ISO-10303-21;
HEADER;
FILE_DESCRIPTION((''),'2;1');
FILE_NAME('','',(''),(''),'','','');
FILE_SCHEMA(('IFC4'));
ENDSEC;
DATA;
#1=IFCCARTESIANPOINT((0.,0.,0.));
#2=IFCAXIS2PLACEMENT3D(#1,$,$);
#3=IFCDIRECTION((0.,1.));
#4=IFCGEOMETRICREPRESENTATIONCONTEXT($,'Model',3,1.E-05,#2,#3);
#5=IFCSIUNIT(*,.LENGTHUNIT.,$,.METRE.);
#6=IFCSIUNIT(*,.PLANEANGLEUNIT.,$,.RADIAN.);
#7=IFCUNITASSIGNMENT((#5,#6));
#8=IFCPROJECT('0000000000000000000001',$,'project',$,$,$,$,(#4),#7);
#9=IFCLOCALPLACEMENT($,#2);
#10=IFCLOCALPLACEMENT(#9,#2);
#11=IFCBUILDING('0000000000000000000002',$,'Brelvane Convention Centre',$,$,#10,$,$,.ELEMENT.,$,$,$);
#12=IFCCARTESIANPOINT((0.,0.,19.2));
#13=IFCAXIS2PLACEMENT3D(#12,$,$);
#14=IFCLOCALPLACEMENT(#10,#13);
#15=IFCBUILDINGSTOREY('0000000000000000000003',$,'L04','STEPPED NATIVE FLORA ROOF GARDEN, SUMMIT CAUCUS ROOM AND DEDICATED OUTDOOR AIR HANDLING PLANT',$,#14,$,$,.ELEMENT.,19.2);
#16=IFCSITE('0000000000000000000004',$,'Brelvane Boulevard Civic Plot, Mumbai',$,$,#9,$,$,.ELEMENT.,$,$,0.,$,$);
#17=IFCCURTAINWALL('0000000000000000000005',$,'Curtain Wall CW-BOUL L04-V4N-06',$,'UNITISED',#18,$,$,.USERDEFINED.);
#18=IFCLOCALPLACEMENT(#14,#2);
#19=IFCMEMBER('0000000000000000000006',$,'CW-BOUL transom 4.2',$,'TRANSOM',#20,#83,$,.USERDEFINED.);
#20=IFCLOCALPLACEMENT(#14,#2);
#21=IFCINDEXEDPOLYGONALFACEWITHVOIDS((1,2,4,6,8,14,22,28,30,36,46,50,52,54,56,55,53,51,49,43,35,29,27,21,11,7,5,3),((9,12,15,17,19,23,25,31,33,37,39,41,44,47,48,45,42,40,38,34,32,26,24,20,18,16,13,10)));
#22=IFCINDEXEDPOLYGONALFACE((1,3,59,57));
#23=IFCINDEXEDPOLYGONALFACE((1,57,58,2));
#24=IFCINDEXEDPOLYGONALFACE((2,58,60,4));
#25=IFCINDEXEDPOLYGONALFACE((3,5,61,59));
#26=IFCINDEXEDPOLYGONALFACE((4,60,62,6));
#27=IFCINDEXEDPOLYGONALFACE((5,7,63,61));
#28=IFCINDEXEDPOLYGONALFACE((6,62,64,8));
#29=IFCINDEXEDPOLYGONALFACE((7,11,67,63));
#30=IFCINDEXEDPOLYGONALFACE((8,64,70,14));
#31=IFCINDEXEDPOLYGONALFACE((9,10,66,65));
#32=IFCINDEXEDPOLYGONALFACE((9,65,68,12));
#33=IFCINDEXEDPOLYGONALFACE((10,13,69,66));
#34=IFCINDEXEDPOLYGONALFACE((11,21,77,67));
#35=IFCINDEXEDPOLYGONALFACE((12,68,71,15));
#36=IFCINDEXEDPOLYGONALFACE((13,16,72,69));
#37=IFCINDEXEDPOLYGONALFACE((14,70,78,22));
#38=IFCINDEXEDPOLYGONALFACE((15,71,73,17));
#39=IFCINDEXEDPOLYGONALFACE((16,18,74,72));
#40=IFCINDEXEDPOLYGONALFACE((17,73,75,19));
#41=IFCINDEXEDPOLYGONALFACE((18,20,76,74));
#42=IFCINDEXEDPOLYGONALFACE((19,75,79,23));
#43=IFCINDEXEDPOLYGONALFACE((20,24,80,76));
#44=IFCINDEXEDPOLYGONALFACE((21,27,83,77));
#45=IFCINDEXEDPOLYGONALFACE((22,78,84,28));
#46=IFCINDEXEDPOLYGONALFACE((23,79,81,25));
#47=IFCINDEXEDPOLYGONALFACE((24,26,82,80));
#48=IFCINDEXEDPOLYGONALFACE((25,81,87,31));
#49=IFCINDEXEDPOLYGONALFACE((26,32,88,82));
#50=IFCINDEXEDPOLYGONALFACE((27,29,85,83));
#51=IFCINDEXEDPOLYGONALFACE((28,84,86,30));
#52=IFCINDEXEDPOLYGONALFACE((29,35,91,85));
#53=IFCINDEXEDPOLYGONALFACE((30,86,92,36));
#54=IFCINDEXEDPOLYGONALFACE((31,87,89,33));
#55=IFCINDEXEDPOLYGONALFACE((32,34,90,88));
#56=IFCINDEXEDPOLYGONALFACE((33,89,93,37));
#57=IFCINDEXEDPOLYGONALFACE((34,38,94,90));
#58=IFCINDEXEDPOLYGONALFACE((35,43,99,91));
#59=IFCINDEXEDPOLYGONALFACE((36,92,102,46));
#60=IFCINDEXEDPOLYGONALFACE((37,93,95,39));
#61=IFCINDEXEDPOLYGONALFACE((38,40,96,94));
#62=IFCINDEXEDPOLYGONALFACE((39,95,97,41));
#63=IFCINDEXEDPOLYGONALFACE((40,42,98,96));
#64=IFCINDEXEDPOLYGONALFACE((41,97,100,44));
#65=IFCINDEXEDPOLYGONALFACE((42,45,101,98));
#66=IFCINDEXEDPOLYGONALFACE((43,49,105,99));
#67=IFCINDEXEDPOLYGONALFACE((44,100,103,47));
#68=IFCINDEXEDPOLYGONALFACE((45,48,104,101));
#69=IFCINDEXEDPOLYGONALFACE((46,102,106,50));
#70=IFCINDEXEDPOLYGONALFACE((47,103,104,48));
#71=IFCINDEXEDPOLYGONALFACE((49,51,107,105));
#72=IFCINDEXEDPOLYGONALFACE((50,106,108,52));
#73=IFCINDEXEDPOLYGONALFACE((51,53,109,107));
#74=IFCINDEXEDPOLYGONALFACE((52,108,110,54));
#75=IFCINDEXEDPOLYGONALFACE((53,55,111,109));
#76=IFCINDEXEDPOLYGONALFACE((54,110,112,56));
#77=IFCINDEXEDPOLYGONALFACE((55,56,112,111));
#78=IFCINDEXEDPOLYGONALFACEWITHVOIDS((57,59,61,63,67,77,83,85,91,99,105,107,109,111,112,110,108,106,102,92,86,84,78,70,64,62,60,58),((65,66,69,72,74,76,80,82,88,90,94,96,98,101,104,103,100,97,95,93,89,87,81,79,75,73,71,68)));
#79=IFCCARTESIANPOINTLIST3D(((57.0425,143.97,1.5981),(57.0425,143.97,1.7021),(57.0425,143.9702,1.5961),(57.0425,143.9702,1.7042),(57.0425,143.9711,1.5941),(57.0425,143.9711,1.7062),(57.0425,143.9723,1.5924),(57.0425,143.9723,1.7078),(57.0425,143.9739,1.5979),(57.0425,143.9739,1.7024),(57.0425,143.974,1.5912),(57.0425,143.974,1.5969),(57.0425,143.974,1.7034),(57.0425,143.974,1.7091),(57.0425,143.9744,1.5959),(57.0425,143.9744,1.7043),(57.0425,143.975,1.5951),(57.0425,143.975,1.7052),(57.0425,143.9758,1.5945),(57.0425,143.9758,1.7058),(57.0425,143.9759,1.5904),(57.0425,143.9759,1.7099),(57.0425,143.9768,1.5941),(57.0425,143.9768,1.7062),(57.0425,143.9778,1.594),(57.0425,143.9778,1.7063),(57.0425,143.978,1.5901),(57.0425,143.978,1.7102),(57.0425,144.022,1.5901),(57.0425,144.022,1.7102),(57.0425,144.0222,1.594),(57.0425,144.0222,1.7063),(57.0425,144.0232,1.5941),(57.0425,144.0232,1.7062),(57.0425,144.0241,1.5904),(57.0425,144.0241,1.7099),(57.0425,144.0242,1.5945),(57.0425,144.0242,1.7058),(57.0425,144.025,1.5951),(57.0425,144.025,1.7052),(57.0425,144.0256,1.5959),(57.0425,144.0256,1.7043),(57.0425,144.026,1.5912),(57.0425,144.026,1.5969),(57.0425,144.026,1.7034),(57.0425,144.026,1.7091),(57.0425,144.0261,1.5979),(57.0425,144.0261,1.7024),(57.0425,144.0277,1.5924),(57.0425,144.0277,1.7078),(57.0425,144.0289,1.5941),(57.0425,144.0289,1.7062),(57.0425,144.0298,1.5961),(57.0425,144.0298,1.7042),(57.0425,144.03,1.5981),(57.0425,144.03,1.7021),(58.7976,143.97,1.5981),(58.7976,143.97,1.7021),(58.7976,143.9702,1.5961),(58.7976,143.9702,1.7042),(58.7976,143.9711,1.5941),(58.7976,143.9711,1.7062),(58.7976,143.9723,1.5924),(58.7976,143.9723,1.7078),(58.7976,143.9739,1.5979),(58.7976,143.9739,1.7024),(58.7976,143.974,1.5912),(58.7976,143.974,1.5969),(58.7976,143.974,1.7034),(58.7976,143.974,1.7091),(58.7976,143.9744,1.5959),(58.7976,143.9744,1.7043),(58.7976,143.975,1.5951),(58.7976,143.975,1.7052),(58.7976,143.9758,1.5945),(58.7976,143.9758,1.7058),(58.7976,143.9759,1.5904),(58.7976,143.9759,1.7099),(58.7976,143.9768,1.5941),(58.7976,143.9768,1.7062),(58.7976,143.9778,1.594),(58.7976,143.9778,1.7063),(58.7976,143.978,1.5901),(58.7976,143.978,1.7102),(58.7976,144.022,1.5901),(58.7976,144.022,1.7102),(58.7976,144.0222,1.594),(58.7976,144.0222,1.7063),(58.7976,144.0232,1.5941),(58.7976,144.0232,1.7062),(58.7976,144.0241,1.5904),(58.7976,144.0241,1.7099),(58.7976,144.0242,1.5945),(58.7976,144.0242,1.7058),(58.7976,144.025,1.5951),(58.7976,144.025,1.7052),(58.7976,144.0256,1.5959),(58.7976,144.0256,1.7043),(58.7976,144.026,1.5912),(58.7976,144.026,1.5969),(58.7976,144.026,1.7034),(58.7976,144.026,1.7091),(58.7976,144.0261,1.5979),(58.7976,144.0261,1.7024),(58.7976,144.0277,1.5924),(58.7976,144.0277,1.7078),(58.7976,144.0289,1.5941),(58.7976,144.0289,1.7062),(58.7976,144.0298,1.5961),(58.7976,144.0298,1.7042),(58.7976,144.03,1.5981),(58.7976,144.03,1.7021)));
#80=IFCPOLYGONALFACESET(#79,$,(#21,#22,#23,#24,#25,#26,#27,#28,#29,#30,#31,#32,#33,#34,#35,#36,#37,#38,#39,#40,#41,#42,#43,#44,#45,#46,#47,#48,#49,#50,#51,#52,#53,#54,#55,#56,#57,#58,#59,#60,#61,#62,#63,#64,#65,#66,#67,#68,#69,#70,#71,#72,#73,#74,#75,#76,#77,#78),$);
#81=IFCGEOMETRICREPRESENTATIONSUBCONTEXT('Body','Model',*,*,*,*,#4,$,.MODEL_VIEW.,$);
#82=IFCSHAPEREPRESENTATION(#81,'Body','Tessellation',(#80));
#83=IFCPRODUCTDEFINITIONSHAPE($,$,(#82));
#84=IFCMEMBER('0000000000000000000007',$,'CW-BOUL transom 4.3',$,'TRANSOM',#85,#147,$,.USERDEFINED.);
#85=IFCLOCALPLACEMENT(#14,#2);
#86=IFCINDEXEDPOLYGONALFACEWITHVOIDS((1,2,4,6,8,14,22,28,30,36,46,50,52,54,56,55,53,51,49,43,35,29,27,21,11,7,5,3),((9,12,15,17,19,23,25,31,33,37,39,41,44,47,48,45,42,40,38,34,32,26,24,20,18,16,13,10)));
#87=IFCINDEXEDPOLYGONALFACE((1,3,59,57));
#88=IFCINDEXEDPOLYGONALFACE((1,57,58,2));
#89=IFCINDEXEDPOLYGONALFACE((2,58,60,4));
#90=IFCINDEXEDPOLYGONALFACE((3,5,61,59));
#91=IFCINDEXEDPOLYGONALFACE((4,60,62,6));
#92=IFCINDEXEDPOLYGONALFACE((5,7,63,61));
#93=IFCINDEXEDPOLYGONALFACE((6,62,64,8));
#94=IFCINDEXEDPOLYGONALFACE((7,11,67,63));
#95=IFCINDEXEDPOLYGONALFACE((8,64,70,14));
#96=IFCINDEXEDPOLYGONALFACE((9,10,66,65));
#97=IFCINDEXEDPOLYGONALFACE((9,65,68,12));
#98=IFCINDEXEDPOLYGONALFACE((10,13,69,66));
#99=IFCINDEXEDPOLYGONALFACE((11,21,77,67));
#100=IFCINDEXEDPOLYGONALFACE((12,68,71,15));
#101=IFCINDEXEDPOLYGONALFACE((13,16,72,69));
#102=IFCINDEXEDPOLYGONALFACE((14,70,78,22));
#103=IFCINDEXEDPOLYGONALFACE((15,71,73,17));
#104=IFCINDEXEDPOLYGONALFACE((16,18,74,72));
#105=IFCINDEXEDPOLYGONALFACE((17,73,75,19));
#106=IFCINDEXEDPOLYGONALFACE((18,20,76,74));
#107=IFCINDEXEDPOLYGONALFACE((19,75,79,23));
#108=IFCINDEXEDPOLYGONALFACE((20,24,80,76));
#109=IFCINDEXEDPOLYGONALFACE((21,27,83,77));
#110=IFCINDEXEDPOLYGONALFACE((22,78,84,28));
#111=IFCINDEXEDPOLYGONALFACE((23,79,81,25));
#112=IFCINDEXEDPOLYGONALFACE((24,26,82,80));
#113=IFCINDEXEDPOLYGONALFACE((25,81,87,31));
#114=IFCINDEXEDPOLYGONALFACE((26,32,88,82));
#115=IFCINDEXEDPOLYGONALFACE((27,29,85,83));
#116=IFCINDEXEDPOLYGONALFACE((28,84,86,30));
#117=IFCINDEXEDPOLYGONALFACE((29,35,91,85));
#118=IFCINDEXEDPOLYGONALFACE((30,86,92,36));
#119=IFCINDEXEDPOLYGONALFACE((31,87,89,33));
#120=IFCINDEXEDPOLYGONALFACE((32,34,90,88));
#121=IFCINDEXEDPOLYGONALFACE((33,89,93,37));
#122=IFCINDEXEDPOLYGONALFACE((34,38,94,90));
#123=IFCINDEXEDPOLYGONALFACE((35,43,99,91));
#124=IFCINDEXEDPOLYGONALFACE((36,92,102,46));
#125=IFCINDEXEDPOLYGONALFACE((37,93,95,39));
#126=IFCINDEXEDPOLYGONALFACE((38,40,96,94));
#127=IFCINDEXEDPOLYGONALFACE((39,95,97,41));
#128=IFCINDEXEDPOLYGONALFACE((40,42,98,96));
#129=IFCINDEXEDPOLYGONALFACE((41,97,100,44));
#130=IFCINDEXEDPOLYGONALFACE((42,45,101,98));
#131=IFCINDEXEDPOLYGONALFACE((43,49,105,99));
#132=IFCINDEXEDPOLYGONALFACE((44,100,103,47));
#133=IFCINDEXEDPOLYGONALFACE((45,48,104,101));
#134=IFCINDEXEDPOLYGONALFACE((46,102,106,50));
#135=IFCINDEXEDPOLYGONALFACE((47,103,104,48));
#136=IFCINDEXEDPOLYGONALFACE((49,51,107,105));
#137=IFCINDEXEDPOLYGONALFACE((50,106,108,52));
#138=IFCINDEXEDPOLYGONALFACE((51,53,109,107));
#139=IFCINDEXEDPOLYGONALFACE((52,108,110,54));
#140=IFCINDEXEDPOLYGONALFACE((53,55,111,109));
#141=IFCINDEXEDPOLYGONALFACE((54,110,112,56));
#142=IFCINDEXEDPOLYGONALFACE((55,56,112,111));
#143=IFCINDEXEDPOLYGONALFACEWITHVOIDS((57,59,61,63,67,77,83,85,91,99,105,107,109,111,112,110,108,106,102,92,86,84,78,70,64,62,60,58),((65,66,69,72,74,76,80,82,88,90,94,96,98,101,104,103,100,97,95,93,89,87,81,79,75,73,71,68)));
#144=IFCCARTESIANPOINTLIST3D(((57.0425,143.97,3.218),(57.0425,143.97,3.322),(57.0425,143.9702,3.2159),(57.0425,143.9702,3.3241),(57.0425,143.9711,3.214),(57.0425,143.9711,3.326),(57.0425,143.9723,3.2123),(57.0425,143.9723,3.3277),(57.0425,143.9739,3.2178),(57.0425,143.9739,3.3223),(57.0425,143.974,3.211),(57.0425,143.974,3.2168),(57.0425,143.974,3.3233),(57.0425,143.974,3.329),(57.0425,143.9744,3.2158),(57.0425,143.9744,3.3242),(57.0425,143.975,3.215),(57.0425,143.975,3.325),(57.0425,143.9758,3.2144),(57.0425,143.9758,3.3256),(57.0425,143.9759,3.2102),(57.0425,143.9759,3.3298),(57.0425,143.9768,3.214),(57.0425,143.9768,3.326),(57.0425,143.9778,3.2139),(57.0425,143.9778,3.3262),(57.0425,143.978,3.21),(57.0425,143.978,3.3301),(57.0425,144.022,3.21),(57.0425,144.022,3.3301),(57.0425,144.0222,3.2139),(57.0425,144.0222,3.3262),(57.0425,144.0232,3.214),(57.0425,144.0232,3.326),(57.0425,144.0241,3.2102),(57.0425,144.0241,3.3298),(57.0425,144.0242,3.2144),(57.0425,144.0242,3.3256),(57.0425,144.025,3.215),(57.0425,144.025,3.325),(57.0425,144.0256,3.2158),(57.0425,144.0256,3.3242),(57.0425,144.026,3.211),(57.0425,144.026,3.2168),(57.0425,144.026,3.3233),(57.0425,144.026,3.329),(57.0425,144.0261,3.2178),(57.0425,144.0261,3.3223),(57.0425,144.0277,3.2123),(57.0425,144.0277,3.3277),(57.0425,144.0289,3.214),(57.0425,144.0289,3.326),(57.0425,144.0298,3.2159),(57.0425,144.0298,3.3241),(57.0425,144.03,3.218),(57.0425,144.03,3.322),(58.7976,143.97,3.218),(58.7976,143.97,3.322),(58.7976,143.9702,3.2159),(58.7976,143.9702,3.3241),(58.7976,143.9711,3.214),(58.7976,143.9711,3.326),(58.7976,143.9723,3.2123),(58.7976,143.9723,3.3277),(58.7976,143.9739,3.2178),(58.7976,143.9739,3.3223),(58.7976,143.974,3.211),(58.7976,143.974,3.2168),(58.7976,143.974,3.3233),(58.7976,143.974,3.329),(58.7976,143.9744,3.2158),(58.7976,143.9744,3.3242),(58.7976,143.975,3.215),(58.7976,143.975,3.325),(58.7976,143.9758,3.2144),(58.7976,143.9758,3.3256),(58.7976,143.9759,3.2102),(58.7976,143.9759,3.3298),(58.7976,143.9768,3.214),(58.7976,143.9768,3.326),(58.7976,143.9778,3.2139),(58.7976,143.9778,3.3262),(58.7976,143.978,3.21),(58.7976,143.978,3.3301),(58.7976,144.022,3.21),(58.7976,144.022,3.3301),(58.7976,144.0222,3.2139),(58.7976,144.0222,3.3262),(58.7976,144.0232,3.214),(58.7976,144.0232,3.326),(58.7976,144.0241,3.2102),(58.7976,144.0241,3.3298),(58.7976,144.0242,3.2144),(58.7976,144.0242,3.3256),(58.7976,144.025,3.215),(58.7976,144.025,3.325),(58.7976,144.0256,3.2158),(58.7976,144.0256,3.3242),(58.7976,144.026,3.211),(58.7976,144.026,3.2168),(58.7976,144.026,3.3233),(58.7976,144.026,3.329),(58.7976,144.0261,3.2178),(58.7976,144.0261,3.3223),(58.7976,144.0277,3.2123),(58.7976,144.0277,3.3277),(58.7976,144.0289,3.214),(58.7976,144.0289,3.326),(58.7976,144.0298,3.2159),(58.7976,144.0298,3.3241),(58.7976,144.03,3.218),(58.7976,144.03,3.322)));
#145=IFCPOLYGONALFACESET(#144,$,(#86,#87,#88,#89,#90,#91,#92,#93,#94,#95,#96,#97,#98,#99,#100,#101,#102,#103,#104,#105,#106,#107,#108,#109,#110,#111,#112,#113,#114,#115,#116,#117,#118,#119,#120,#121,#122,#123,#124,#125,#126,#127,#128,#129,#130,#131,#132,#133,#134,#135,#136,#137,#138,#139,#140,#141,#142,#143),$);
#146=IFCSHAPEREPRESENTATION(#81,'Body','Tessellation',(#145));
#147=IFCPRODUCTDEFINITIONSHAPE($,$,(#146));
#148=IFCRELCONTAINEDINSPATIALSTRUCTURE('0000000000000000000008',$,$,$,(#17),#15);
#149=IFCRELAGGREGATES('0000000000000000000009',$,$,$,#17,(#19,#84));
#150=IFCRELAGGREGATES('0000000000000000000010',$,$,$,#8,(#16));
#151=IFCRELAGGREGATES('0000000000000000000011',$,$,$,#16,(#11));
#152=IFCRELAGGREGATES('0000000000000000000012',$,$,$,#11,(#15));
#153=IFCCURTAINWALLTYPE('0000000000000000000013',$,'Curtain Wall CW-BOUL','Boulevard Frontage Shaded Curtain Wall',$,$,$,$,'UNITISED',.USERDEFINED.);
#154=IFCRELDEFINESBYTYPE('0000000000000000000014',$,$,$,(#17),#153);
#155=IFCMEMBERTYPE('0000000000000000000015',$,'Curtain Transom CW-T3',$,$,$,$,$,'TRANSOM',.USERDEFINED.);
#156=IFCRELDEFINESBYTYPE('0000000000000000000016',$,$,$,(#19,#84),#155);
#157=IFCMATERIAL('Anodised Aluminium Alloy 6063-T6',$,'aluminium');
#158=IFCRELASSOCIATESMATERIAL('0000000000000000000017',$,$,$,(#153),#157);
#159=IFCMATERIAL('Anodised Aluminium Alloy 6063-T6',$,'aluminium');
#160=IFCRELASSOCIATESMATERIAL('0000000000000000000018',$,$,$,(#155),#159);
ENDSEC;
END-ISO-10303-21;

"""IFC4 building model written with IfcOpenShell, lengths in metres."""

from ifc_helpers import new_model, si_unit, direction, frame, origin, origin_2d, place, context, subcontext, project, spatial, hollow_rectangle, extrude, material, material_profile, profile_set, type_object, element, aggregate, save


model = new_model("IFC4")

# Units and contexts
model_context = context("Model", 3, precision=1e-05, world=origin(), true_north=direction((0.0, 1.0)))
body_context = subcontext(model_context, "Body", "Model", "MODEL_VIEW")
ifc_project = project(units=[si_unit("LENGTHUNIT", "METRE"), si_unit("PLANEANGLEUNIT", "RADIAN")], contexts=[model_context])

# Site, building, storey
site_placement = place(None, origin())
site = spatial("IfcSite", under=ifc_project, at=site_placement, Name="Brelvane Boulevard Civic Plot, Mumbai", CompositionType="ELEMENT", RefElevation=0.0)
building_placement = place(site_placement, origin())
building = spatial("IfcBuilding", under=site, at=building_placement, Name="Brelvane Convention Centre", CompositionType="ELEMENT")
storey_placement = place(building_placement, frame((0.0, 0.0, 19.2)))
storey = spatial("IfcBuildingStorey", under=building, at=storey_placement, Name="L04", Description="STEPPED NATIVE FLORA ROOF GARDEN, SUMMIT CAUCUS ROOM AND DEDICATED OUTDOOR AIR HANDLING PLANT", CompositionType="ELEMENT", Elevation=19.2)

# Curtain wall, members
ifc_material_1 = material(Name="Anodised Aluminium Alloy 6063-T6", Category="aluminium")
curtain_wall_type = type_object("IfcCurtainWallType", Name="Curtain Wall CW-BOUL", Description="Boulevard Frontage Shaded Curtain Wall", ElementType="UNITISED", PredefinedType="USERDEFINED", material=ifc_material_1)
curtain_wall_placement = place(storey_placement, origin())
curtain_wall = element("IfcCurtainWall", 1, at=curtain_wall_placement, inside=storey, type_object=curtain_wall_type, Name="Curtain Wall CW-BOUL L04-V4N-06", ObjectType="UNITISED", PredefinedType="USERDEFINED")
ifc_material_2 = material(Name="Anodised Aluminium Alloy 6063-T6", Category="aluminium")
ifc_material_profile_1 = material_profile(ifc_material_2, hollow_rectangle(XDim=0.0601, YDim=0.1201, WallThickness=0.0039, InnerFilletRadius=0.0039, OuterFilletRadius=0.0081, at=origin_2d()), Name="ALU-T 120x60x4.0")
ifc_profile_set_1 = profile_set([ifc_material_profile_1], Name="Anodised Aluminium Alloy 6063-T6")
member_type_1 = type_object("IfcMemberType", Name="Curtain Transom CW-T3", ElementType="TRANSOM", PredefinedType="USERDEFINED", material=ifc_profile_set_1)
member_1_placement = place(storey_placement, frame((57.0425, 144.0, 1.6501), z_axis=(1.0, 0.0, 0.0), x_axis=(0.0, 1.0, 0.0)))
member_1 = element("IfcMember", 2, at=member_1_placement, type_object=member_type_1, Name="CW-BOUL transom 4.2", ObjectType="TRANSOM", PredefinedType="USERDEFINED", context=body_context, shape_type="SweptSolid", body=[
    extrude(hollow_rectangle(XDim=0.0601, YDim=0.1201, WallThickness=0.0039, InnerFilletRadius=0.0039, OuterFilletRadius=0.0081, at=origin_2d()), origin(), (0.0, 0.0, 1.0), 1.7551),
])
member_2_placement = place(storey_placement, frame((57.0425, 144.0, 3.27), z_axis=(1.0, 0.0, 0.0), x_axis=(0.0, 1.0, 0.0)))
member_2 = element("IfcMember", 3, at=member_2_placement, type_object=member_type_1, Name="CW-BOUL transom 4.3", ObjectType="TRANSOM", PredefinedType="USERDEFINED", context=body_context, shape_type="SweptSolid", body=[
    extrude(hollow_rectangle(XDim=0.0601, YDim=0.1201, WallThickness=0.0039, InnerFilletRadius=0.0039, OuterFilletRadius=0.0081, at=origin_2d()), origin(), (0.0, 0.0, 1.0), 1.7551),
])

aggregate(curtain_wall, [member_1, member_2])

save(model, "model.ifc")
